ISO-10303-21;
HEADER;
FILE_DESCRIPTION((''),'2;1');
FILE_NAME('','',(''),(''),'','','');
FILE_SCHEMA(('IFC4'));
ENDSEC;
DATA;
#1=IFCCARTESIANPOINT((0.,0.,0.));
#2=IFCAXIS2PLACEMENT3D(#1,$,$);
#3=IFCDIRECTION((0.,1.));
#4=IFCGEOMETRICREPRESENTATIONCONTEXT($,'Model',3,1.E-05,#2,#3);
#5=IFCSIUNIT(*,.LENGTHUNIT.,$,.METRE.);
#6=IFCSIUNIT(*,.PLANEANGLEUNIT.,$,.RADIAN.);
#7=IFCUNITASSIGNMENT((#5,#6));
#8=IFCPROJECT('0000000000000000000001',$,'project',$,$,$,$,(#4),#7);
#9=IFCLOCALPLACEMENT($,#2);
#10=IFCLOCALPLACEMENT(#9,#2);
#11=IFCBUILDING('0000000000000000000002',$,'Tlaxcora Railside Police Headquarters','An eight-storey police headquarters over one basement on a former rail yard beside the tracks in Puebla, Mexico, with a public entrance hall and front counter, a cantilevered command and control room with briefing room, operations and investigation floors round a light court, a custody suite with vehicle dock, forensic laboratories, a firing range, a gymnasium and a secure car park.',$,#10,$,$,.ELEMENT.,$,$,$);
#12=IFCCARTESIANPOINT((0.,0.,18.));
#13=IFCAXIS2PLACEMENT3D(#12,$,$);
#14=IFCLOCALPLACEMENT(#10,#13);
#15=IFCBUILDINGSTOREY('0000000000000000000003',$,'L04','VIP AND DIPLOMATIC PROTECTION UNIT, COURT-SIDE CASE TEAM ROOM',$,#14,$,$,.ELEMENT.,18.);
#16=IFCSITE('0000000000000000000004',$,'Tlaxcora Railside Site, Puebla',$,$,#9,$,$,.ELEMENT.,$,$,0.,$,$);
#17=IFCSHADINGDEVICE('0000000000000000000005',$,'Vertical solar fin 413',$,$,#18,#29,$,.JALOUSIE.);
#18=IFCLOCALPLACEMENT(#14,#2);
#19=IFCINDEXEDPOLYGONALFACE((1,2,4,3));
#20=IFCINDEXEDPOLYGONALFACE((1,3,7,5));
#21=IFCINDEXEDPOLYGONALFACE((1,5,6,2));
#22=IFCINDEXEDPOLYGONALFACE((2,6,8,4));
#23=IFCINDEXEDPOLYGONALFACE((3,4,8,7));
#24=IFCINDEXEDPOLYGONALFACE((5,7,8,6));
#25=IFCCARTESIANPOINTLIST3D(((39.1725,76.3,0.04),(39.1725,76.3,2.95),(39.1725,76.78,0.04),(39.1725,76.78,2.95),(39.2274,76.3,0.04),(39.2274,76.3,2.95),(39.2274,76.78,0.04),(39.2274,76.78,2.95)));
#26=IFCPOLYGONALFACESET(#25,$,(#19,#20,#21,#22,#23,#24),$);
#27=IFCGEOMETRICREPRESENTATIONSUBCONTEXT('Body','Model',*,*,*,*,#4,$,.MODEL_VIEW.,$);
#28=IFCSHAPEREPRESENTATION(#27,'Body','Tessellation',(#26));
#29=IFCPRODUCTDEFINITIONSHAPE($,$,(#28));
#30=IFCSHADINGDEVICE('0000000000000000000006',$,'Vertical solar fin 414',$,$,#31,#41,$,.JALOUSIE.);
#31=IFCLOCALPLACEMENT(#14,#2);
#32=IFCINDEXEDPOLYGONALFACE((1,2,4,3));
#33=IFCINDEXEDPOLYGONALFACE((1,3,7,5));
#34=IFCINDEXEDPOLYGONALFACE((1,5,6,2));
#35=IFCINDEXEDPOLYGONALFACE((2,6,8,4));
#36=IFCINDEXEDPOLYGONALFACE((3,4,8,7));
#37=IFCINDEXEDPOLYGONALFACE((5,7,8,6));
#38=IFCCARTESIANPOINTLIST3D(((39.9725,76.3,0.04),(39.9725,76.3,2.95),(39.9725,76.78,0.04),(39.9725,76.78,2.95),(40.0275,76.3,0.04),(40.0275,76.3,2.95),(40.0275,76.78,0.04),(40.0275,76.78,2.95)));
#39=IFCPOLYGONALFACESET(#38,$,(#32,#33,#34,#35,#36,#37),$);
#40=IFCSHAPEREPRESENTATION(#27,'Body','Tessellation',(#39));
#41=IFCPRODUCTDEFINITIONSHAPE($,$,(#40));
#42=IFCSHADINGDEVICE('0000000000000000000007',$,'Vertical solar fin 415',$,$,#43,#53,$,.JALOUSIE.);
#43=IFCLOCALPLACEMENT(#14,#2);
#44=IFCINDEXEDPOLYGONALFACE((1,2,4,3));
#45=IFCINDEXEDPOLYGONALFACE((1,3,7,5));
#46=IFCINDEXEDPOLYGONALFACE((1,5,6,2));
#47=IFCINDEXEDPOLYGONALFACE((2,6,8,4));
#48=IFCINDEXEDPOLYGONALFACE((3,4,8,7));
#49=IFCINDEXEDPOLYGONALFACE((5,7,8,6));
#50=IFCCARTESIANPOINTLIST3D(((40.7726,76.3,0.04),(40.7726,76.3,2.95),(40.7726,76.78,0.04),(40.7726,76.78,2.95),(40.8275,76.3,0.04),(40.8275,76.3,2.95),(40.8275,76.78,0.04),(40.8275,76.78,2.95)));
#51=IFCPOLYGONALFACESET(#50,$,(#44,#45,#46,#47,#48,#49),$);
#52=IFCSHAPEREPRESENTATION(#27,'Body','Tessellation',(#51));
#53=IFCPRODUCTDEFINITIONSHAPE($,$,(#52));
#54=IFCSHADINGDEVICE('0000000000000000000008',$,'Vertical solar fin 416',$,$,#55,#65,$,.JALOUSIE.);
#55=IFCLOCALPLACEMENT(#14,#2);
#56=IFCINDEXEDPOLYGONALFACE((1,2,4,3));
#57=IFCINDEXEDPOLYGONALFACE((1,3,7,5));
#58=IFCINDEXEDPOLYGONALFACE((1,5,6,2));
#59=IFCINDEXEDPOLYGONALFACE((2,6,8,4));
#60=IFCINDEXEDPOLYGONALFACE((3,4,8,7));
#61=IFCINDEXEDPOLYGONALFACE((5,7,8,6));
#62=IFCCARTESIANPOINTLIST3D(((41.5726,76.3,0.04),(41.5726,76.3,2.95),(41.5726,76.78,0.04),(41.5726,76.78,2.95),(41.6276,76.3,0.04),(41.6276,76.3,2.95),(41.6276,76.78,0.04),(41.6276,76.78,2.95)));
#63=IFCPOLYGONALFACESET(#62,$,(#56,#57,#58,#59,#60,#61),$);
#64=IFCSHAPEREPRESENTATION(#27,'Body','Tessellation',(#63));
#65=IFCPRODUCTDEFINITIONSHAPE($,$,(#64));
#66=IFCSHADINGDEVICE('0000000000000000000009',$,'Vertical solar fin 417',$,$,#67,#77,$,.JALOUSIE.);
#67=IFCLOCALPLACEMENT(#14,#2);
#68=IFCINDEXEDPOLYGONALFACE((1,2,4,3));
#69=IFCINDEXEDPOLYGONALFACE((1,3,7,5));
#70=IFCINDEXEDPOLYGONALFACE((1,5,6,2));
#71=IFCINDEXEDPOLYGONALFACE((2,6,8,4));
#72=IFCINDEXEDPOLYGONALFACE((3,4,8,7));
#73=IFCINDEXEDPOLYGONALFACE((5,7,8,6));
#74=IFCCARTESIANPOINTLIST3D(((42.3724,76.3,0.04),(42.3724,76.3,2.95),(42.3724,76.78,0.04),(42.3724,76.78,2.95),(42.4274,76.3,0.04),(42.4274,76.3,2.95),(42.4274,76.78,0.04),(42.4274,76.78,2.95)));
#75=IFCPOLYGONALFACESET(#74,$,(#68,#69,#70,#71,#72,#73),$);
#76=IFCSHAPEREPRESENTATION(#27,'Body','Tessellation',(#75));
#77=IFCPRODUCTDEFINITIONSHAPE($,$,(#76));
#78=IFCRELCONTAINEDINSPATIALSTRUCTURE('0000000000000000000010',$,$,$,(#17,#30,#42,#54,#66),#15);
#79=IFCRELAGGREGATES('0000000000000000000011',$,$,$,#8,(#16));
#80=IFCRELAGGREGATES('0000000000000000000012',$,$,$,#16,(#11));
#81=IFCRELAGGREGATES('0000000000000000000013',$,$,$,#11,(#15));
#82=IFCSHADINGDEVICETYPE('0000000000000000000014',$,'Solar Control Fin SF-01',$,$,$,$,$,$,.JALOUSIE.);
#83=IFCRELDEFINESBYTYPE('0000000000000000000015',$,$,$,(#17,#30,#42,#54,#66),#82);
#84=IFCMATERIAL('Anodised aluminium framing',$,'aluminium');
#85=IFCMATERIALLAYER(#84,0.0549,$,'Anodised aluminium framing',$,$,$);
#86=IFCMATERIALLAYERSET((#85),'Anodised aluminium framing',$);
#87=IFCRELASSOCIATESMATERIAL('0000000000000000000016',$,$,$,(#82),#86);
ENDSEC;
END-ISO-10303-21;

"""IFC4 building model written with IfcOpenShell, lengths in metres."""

from ifc_helpers import new_model, si_unit, direction, frame, origin, origin_2d, place, context, subcontext, project, spatial, rectangle, extrude, material, layer, layer_set, type_object, element, save


model = new_model("IFC4")

# Units and contexts
model_context = context("Model", 3, precision=1e-05, world=origin(), true_north=direction((0.0, 1.0)))
body_context = subcontext(model_context, "Body", "Model", "MODEL_VIEW")
ifc_project = project(units=[si_unit("LENGTHUNIT", "METRE"), si_unit("PLANEANGLEUNIT", "RADIAN")], contexts=[model_context])

# Site, building, storey
site_placement = place(None, origin())
site = spatial("IfcSite", under=ifc_project, at=site_placement, Name="Tlaxcora Railside Site, Puebla", CompositionType="ELEMENT", RefElevation=0.0)
building_placement = place(site_placement, origin())
building = spatial("IfcBuilding", under=site, at=building_placement, Name="Tlaxcora Railside Police Headquarters", Description="An eight-storey police headquarters over one basement on a former rail yard beside the tracks in Puebla, Mexico, with a public entrance hall and front counter, a cantilevered command and control room with briefing room, operations and investigation floors round a light court, a custody suite with vehicle dock, forensic laboratories, a firing range, a gymnasium and a secure car park.", CompositionType="ELEMENT")
storey_placement = place(building_placement, frame((0.0, 0.0, 18.0)))
storey = spatial("IfcBuildingStorey", under=building, at=storey_placement, Name="L04", Description="VIP AND DIPLOMATIC PROTECTION UNIT, COURT-SIDE CASE TEAM ROOM", CompositionType="ELEMENT", Elevation=18.0)

# Shared definitions
ifc_material_1 = material(Name="Anodised aluminium framing", Category="aluminium")

# Shading devices
ifc_layer_1 = layer(ifc_material_1, 0.0549, Name="Anodised aluminium framing")
ifc_layer_set_1 = layer_set([ifc_layer_1], Name="Anodised aluminium framing")
shading_device_type = type_object("IfcShadingDeviceType", Name="Solar Control Fin SF-01", PredefinedType="JALOUSIE", material=ifc_layer_set_1)
for number, where, z_axis, x_axis, name in (
    (1, (39.2, 76.54, 0.04), (0.0, 0.0, 1.0), (0.0, -1.0, 0.0), "Vertical solar fin 413"),
    (2, (40.0, 76.54, 0.04), (0.0, 0.0, 1.0), (0.0, -1.0, 0.0), "Vertical solar fin 414"),
    (3, (40.8, 76.54, 0.04), (0.0, 0.0, 1.0), (0.0, -1.0, 0.0), "Vertical solar fin 415"),
    (4, (41.6001, 76.54, 0.04), (0.0, 0.0, 1.0), (0.0, -1.0, 0.0), "Vertical solar fin 416"),
    (5, (42.3999, 76.54, 0.04), (0.0, 0.0, 1.0), (0.0, -1.0, 0.0), "Vertical solar fin 417"),
):
    element("IfcShadingDevice", number, at=place(storey_placement, frame(where, z_axis=z_axis, x_axis=x_axis)), inside=storey, type_object=shading_device_type, Name=name, PredefinedType="JALOUSIE", context=body_context, shape_type="SweptSolid", body=[
        extrude(rectangle(XDim=0.48, YDim=0.0549, at=origin_2d()), origin(), (0.0, 0.0, 1.0), 2.9099),
    ])

save(model, "model.ifc")
